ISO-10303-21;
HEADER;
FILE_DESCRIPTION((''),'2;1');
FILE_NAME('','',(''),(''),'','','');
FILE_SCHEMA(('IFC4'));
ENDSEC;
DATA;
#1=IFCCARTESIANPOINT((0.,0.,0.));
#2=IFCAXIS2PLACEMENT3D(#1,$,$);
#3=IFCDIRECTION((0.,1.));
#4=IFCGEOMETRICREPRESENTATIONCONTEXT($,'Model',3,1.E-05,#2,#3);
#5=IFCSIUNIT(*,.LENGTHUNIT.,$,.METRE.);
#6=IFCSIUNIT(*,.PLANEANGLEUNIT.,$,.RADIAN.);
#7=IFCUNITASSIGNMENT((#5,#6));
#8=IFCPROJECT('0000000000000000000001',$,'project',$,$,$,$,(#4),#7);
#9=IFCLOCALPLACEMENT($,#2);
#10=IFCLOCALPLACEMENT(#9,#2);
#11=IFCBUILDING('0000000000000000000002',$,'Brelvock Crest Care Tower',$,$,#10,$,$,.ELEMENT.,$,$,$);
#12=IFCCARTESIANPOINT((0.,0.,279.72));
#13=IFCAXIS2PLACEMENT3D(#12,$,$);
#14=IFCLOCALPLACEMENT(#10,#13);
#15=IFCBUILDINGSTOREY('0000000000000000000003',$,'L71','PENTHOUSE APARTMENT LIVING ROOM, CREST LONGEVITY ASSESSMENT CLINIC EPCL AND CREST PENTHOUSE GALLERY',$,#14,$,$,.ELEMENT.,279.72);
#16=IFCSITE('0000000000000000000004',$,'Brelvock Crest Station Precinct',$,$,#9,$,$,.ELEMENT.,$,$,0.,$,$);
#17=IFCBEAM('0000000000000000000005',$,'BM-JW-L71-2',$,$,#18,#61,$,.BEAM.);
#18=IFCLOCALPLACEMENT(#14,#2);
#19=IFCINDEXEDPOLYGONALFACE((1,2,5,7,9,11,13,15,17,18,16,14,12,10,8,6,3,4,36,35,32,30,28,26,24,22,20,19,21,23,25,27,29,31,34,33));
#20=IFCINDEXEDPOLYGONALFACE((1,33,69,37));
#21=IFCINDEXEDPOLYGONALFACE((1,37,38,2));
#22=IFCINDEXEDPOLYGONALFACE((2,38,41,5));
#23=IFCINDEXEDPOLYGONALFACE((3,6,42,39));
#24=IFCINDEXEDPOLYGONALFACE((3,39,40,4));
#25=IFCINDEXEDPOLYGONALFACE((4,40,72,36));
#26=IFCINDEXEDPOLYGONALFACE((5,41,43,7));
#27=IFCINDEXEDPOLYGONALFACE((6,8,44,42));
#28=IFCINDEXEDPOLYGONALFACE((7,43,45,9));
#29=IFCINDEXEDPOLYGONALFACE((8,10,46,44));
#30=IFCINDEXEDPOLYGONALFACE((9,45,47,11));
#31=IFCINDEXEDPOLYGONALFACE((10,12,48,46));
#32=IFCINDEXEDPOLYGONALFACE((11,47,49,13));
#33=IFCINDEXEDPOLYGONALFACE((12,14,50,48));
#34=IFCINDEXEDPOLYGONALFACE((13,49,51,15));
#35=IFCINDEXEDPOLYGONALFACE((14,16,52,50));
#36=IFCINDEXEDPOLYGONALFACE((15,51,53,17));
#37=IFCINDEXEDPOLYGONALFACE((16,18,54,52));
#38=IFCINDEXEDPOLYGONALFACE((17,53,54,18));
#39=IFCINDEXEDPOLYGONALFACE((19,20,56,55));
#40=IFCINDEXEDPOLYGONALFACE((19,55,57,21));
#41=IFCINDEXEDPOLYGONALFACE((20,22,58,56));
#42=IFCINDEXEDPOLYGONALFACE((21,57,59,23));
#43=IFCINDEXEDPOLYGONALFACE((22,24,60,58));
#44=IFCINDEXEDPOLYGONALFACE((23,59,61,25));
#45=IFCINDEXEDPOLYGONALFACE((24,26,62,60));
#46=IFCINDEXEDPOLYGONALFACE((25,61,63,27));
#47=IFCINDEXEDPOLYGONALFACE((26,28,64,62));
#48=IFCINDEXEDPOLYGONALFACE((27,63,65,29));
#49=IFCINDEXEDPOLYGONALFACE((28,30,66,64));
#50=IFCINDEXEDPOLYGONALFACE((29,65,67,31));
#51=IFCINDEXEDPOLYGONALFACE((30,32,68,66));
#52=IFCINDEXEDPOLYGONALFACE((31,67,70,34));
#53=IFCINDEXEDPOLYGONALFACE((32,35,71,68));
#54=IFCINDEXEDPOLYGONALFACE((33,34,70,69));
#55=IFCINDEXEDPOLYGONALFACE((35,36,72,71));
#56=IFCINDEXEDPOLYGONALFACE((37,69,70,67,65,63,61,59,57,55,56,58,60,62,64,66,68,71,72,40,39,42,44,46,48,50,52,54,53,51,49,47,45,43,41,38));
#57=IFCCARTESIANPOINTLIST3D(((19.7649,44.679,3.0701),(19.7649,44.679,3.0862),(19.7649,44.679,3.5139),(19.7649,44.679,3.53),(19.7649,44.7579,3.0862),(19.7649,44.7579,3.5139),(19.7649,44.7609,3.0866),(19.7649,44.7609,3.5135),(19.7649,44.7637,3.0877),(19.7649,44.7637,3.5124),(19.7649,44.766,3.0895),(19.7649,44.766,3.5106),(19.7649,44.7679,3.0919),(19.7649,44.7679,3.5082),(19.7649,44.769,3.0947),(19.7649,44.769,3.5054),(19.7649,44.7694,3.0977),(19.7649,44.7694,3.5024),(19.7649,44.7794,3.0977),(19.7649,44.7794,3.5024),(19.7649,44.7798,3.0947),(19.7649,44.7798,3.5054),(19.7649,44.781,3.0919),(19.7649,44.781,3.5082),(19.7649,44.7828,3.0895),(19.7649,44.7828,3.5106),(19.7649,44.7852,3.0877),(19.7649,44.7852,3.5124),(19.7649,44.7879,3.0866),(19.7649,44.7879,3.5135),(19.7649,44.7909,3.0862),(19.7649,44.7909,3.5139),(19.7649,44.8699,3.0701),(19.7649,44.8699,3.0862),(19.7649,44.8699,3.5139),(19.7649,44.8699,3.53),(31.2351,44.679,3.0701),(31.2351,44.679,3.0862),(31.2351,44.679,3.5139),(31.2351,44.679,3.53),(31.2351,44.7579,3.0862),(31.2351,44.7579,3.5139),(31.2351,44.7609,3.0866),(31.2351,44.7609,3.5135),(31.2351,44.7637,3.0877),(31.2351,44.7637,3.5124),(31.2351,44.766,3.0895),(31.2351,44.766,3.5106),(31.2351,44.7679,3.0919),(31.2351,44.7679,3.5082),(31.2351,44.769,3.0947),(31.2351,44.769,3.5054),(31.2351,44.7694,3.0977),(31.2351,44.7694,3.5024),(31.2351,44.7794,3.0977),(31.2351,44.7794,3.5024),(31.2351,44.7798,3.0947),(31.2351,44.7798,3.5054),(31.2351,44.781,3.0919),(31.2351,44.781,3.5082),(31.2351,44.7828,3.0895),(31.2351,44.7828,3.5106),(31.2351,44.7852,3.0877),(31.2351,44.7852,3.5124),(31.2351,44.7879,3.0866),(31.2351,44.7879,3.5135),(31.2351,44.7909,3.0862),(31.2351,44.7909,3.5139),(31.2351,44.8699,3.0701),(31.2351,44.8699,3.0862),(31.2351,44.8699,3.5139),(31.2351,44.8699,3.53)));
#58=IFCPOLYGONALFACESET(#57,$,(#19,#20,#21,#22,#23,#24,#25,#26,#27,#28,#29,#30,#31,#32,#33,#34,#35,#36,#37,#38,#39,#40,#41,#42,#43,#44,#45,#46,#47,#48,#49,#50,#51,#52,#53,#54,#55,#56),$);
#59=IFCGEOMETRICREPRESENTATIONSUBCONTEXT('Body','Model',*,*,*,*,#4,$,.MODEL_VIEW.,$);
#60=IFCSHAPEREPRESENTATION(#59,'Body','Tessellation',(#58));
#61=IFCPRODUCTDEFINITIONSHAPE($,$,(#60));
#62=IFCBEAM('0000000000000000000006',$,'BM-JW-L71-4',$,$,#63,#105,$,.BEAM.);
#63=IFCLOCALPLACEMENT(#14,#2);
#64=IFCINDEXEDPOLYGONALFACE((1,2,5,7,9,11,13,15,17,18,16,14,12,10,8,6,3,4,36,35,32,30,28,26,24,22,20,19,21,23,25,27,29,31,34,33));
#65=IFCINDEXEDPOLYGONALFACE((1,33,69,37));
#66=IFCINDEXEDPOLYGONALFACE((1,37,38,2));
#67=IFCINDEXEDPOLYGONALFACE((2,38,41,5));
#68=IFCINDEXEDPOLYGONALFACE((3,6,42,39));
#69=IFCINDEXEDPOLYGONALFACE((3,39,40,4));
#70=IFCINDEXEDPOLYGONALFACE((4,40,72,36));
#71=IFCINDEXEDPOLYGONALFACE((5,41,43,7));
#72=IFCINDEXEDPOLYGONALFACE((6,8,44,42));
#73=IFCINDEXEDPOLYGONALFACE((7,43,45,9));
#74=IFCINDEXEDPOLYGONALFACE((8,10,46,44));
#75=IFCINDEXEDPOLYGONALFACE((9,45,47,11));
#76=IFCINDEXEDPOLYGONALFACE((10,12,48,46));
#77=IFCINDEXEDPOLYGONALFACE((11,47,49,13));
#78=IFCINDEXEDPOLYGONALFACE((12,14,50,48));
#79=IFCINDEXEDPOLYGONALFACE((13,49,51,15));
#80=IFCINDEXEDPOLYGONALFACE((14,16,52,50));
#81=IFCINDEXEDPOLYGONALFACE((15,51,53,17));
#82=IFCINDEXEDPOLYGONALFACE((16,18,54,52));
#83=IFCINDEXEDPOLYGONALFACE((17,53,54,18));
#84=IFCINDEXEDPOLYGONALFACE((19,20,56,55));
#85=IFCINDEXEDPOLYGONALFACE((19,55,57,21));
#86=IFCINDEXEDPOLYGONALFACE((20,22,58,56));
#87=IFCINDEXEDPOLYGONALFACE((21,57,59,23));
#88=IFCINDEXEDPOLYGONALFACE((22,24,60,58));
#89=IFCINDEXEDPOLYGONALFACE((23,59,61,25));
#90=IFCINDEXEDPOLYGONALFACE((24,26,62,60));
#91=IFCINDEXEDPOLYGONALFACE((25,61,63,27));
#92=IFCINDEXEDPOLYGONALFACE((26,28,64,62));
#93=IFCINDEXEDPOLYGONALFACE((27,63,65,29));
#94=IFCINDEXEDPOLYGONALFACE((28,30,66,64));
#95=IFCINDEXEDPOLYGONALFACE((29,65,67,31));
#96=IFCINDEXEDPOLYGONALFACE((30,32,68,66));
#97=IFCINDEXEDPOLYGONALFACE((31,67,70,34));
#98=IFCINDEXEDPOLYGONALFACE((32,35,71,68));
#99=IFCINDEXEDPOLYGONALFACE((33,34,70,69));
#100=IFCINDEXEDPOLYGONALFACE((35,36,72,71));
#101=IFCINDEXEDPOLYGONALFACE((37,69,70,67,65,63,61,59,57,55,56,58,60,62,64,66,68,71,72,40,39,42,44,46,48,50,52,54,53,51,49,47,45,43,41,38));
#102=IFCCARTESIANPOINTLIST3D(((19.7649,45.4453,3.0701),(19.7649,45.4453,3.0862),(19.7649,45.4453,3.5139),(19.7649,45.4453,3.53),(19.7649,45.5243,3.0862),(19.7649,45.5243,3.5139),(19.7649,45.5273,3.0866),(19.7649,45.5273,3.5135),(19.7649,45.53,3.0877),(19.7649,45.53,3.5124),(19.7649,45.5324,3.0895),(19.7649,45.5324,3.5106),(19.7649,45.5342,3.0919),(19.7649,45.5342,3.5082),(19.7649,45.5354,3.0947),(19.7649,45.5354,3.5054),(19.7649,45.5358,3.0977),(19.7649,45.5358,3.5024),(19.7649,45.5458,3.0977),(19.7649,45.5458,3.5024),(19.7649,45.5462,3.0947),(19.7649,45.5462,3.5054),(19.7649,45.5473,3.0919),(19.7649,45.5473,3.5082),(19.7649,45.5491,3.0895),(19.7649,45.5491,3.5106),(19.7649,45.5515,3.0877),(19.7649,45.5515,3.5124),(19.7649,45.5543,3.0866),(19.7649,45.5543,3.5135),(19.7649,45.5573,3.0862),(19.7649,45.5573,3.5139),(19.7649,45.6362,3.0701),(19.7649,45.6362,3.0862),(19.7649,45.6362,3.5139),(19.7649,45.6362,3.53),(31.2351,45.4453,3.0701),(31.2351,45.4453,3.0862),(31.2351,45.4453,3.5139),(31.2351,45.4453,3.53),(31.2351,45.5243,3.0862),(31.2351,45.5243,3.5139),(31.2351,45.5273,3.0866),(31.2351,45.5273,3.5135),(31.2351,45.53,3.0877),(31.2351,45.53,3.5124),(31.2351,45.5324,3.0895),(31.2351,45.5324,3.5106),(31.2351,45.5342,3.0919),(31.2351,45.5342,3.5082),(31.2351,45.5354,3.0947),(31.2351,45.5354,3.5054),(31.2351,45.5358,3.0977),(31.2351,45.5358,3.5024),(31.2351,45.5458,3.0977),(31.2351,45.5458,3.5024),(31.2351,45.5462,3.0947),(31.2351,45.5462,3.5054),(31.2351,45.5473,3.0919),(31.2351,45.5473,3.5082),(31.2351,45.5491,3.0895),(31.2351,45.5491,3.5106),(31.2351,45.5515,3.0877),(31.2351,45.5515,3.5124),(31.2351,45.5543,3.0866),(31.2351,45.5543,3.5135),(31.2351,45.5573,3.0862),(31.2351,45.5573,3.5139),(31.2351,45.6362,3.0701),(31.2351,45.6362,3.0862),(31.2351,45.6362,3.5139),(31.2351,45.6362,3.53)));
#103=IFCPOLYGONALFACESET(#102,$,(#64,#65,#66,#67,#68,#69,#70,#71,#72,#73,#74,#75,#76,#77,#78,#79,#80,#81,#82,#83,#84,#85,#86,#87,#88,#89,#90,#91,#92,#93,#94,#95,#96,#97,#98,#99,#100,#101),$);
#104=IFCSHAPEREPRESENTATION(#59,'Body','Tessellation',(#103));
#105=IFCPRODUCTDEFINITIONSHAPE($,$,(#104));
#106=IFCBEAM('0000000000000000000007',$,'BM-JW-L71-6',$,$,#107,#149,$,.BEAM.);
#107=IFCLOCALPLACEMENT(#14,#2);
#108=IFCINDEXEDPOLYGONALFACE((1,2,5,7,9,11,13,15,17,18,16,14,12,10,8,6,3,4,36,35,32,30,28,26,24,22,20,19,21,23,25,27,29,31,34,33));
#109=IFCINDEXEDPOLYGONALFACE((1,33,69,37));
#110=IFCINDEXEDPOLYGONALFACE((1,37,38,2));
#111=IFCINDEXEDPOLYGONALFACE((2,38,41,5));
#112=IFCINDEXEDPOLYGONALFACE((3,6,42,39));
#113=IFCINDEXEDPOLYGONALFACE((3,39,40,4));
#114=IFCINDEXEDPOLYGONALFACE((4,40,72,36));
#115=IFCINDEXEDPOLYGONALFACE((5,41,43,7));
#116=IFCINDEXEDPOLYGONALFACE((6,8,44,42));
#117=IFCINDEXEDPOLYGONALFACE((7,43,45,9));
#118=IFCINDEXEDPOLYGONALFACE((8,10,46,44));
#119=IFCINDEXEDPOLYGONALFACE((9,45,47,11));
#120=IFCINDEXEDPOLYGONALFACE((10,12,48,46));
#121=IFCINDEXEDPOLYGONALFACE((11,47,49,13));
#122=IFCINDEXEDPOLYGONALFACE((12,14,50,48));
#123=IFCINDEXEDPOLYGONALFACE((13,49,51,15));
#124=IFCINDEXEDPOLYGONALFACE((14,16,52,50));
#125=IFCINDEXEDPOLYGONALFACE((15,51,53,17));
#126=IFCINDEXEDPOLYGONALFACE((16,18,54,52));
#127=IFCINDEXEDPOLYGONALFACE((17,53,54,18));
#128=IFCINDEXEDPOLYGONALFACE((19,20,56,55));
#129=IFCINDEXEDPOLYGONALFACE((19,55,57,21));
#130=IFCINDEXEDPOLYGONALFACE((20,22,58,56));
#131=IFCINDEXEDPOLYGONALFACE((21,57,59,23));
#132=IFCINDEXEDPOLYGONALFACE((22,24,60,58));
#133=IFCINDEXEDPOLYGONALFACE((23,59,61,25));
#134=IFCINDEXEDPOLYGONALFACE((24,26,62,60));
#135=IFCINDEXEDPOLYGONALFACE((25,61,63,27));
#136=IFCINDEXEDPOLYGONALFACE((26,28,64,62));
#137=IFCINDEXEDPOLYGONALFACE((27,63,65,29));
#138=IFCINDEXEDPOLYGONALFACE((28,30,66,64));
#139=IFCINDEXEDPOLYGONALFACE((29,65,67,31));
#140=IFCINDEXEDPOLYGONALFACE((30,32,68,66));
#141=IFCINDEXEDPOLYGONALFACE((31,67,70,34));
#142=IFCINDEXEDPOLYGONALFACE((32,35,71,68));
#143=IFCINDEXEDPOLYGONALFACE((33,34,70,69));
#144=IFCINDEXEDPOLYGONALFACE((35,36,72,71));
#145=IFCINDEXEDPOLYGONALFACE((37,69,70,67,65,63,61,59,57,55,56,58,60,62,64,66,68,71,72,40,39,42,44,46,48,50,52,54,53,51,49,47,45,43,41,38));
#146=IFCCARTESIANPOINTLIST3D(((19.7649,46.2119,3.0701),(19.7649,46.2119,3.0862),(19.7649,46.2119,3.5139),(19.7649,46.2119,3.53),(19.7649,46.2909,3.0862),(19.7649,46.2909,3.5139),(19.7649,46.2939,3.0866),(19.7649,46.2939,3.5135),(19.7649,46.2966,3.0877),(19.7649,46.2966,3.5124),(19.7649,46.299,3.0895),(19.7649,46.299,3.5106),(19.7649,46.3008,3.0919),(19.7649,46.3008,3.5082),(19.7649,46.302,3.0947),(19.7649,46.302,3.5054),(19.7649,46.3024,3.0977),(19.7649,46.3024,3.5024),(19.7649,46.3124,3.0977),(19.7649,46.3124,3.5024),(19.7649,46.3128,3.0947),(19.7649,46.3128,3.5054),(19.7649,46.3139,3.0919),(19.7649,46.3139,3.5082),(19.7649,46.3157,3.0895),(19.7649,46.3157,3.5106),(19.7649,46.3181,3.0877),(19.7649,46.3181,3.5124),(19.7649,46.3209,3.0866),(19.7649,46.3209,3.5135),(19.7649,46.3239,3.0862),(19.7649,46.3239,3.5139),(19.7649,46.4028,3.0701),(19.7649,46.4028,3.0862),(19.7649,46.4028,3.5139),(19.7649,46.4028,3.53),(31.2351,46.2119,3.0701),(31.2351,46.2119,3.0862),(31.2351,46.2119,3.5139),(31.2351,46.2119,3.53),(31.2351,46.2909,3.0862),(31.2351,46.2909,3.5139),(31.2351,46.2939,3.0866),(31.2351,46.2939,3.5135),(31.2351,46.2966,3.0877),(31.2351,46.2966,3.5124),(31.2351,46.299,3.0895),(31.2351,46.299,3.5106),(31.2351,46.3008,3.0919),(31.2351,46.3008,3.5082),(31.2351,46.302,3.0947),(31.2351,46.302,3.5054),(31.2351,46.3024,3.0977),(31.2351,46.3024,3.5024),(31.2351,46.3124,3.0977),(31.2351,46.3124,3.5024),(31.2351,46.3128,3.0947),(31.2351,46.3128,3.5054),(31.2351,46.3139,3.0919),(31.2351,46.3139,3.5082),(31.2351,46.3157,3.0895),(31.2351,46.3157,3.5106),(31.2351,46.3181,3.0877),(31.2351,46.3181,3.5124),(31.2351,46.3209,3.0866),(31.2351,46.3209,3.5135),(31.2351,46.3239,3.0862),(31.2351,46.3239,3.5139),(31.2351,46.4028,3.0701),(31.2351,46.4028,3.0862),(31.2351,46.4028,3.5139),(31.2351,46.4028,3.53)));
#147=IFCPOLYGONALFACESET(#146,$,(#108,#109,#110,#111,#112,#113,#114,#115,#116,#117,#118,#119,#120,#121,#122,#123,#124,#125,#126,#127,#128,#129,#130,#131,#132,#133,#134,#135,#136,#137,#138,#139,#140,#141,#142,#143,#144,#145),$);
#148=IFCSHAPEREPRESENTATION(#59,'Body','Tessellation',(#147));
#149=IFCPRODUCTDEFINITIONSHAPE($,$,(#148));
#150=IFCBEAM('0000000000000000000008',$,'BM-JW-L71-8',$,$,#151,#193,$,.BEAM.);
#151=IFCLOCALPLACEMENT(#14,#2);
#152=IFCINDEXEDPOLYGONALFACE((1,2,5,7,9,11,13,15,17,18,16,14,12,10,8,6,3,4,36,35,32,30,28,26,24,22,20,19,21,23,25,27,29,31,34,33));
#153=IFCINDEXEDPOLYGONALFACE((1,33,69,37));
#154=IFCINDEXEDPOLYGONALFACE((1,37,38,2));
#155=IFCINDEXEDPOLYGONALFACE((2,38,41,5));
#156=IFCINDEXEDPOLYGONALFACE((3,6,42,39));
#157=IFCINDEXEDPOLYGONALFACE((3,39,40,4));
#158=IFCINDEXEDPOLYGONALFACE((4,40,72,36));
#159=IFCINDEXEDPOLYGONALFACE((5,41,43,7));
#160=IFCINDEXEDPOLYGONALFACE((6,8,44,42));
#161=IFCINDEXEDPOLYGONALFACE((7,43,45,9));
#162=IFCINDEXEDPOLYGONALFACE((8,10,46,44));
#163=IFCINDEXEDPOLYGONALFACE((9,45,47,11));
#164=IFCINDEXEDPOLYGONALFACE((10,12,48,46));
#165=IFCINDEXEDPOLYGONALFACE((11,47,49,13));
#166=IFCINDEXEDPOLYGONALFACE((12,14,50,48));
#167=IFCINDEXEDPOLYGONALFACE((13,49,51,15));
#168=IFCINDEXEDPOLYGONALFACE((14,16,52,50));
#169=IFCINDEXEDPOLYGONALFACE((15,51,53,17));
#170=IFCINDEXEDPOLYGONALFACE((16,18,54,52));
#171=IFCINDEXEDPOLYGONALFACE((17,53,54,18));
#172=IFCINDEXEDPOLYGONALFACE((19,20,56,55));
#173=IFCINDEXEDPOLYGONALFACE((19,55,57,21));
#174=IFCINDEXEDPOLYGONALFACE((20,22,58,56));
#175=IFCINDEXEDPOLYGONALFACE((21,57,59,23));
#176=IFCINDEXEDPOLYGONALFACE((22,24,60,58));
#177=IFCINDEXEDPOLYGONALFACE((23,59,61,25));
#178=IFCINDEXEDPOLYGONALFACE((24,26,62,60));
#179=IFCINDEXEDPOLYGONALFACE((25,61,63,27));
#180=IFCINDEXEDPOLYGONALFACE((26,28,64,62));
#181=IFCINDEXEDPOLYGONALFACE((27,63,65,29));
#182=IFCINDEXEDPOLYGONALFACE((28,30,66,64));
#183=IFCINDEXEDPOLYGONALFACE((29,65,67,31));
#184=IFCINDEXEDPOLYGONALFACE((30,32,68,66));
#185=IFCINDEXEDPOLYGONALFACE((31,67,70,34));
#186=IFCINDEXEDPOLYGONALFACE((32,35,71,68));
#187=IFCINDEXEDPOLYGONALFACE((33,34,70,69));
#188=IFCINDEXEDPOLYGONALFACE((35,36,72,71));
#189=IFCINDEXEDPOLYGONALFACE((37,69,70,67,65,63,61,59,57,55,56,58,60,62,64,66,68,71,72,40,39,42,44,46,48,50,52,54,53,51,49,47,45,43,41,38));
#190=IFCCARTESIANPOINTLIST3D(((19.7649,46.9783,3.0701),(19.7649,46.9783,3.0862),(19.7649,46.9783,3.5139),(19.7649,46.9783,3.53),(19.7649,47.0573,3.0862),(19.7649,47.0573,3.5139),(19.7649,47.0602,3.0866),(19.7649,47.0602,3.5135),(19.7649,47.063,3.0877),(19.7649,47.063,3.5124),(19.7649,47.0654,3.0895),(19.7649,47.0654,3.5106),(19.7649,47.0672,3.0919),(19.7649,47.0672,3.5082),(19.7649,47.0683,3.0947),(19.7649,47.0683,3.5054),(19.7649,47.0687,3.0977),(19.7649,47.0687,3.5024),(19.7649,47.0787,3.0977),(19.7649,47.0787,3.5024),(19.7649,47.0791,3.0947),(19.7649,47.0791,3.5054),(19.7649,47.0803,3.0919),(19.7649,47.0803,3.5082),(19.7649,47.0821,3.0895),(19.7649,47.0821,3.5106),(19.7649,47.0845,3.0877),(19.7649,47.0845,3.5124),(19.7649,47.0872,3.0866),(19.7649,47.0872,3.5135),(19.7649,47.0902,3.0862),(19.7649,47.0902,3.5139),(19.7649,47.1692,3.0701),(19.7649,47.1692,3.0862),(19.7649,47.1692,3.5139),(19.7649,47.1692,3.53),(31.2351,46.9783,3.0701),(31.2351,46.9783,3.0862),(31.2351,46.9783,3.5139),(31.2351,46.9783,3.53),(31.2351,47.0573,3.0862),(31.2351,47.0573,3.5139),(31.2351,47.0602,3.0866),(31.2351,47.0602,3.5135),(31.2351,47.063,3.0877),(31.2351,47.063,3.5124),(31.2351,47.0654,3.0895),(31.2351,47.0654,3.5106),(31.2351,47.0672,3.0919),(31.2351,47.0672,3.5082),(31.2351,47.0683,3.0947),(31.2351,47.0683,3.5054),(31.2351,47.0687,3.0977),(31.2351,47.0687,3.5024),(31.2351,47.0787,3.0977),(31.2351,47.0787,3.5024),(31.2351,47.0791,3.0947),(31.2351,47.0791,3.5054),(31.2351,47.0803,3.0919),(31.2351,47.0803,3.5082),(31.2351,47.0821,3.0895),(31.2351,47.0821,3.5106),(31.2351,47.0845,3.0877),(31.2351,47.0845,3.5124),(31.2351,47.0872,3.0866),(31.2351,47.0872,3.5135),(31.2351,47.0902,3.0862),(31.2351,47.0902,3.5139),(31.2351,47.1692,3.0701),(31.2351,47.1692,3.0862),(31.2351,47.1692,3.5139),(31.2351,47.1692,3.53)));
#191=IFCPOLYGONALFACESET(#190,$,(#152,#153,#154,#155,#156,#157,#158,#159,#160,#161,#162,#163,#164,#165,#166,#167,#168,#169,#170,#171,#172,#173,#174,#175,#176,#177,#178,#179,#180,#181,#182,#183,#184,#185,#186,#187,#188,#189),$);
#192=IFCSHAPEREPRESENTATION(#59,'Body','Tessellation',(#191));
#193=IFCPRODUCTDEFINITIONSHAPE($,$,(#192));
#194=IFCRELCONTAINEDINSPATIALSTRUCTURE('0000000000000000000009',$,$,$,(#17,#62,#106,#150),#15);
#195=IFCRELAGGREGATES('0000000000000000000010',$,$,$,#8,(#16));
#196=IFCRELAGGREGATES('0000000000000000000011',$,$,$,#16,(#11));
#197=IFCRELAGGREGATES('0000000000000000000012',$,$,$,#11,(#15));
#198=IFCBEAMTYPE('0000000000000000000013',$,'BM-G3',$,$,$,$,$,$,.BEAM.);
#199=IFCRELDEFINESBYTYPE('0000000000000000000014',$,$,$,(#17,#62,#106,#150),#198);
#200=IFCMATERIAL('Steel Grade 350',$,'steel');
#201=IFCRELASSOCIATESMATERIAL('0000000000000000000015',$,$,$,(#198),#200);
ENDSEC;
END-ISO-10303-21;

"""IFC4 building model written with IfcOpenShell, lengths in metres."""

from ifc_helpers import new_model, si_unit, direction, frame, origin, origin_2d, place, context, subcontext, project, spatial, i_section, extrude, source, transform, mapped, material, material_profile, profile_set, type_object, element, save


model = new_model("IFC4")

# Units and contexts
model_context = context("Model", 3, precision=1e-05, world=origin(), true_north=direction((0.0, 1.0)))
body_context = subcontext(model_context, "Body", "Model", "MODEL_VIEW")
ifc_project = project(units=[si_unit("LENGTHUNIT", "METRE"), si_unit("PLANEANGLEUNIT", "RADIAN")], contexts=[model_context])

# Site, building, storey
site_placement = place(None, origin())
site = spatial("IfcSite", under=ifc_project, at=site_placement, Name="Brelvock Crest Station Precinct", CompositionType="ELEMENT", RefElevation=0.0)
building_placement = place(site_placement, origin())
building = spatial("IfcBuilding", under=site, at=building_placement, Name="Brelvock Crest Care Tower", CompositionType="ELEMENT")
storey_placement = place(building_placement, frame((0.0, 0.0, 279.72)))
storey = spatial("IfcBuildingStorey", under=building, at=storey_placement, Name="L71", Description="PENTHOUSE APARTMENT LIVING ROOM, CREST LONGEVITY ASSESSMENT CLINIC EPCL AND CREST PENTHOUSE GALLERY", CompositionType="ELEMENT", Elevation=279.72)

# Beams
ifc_material_1 = material(Name="Steel Grade 350", Category="steel")
ifc_material_profile_1 = material_profile(ifc_material_1, i_section(OverallWidth=0.1909, OverallDepth=0.46, WebThickness=0.01, FlangeThickness=0.0161, FilletRadius=0.0115, at=origin_2d()), Name="460UB82.1")
ifc_profile_set_1 = profile_set([ifc_material_profile_1], Name="Steel Grade 350")
beam_type_1 = type_object("IfcBeamType", Name="BM-G3", PredefinedType="BEAM", material=ifc_profile_set_1)
shared_shape_1 = source(origin(), body_context, "Body", "SweptSolid", [
    extrude(i_section(OverallWidth=0.1909, OverallDepth=0.46, WebThickness=0.01, FlangeThickness=0.0161, FilletRadius=0.0115, at=origin_2d()), origin(), (0.0, 0.0, 1.0), 11.4702),
])
for number, where, z_axis, x_axis, name in (
    (1, (19.7649, 44.7744, 3.3), (1.0, 0.0, 0.0), (0.0, 1.0, 0.0), "BM-JW-L71-2"),
    (2, (19.7649, 45.5408, 3.3), (1.0, 0.0, 0.0), (0.0, 1.0, 0.0), "BM-JW-L71-4"),
    (3, (19.7649, 46.3074, 3.3), (1.0, 0.0, 0.0), (0.0, 1.0, 0.0), "BM-JW-L71-6"),
    (4, (19.7649, 47.0737, 3.3), (1.0, 0.0, 0.0), (0.0, 1.0, 0.0), "BM-JW-L71-8"),
):
    element("IfcBeam", number, at=place(storey_placement, frame(where, z_axis=z_axis, x_axis=x_axis)), inside=storey, type_object=beam_type_1, Name=name, PredefinedType="BEAM", context=body_context, shape_type="MappedRepresentation", body=[
        mapped(shared_shape_1, transform((0.0, 0.0, 0.0), x_axis=(1.0, 0.0, 0.0), y_axis=(0.0, 1.0, 0.0), z_axis=(0.0, 0.0, 1.0), scale=1.0)),
    ])

save(model, "model.ifc")
